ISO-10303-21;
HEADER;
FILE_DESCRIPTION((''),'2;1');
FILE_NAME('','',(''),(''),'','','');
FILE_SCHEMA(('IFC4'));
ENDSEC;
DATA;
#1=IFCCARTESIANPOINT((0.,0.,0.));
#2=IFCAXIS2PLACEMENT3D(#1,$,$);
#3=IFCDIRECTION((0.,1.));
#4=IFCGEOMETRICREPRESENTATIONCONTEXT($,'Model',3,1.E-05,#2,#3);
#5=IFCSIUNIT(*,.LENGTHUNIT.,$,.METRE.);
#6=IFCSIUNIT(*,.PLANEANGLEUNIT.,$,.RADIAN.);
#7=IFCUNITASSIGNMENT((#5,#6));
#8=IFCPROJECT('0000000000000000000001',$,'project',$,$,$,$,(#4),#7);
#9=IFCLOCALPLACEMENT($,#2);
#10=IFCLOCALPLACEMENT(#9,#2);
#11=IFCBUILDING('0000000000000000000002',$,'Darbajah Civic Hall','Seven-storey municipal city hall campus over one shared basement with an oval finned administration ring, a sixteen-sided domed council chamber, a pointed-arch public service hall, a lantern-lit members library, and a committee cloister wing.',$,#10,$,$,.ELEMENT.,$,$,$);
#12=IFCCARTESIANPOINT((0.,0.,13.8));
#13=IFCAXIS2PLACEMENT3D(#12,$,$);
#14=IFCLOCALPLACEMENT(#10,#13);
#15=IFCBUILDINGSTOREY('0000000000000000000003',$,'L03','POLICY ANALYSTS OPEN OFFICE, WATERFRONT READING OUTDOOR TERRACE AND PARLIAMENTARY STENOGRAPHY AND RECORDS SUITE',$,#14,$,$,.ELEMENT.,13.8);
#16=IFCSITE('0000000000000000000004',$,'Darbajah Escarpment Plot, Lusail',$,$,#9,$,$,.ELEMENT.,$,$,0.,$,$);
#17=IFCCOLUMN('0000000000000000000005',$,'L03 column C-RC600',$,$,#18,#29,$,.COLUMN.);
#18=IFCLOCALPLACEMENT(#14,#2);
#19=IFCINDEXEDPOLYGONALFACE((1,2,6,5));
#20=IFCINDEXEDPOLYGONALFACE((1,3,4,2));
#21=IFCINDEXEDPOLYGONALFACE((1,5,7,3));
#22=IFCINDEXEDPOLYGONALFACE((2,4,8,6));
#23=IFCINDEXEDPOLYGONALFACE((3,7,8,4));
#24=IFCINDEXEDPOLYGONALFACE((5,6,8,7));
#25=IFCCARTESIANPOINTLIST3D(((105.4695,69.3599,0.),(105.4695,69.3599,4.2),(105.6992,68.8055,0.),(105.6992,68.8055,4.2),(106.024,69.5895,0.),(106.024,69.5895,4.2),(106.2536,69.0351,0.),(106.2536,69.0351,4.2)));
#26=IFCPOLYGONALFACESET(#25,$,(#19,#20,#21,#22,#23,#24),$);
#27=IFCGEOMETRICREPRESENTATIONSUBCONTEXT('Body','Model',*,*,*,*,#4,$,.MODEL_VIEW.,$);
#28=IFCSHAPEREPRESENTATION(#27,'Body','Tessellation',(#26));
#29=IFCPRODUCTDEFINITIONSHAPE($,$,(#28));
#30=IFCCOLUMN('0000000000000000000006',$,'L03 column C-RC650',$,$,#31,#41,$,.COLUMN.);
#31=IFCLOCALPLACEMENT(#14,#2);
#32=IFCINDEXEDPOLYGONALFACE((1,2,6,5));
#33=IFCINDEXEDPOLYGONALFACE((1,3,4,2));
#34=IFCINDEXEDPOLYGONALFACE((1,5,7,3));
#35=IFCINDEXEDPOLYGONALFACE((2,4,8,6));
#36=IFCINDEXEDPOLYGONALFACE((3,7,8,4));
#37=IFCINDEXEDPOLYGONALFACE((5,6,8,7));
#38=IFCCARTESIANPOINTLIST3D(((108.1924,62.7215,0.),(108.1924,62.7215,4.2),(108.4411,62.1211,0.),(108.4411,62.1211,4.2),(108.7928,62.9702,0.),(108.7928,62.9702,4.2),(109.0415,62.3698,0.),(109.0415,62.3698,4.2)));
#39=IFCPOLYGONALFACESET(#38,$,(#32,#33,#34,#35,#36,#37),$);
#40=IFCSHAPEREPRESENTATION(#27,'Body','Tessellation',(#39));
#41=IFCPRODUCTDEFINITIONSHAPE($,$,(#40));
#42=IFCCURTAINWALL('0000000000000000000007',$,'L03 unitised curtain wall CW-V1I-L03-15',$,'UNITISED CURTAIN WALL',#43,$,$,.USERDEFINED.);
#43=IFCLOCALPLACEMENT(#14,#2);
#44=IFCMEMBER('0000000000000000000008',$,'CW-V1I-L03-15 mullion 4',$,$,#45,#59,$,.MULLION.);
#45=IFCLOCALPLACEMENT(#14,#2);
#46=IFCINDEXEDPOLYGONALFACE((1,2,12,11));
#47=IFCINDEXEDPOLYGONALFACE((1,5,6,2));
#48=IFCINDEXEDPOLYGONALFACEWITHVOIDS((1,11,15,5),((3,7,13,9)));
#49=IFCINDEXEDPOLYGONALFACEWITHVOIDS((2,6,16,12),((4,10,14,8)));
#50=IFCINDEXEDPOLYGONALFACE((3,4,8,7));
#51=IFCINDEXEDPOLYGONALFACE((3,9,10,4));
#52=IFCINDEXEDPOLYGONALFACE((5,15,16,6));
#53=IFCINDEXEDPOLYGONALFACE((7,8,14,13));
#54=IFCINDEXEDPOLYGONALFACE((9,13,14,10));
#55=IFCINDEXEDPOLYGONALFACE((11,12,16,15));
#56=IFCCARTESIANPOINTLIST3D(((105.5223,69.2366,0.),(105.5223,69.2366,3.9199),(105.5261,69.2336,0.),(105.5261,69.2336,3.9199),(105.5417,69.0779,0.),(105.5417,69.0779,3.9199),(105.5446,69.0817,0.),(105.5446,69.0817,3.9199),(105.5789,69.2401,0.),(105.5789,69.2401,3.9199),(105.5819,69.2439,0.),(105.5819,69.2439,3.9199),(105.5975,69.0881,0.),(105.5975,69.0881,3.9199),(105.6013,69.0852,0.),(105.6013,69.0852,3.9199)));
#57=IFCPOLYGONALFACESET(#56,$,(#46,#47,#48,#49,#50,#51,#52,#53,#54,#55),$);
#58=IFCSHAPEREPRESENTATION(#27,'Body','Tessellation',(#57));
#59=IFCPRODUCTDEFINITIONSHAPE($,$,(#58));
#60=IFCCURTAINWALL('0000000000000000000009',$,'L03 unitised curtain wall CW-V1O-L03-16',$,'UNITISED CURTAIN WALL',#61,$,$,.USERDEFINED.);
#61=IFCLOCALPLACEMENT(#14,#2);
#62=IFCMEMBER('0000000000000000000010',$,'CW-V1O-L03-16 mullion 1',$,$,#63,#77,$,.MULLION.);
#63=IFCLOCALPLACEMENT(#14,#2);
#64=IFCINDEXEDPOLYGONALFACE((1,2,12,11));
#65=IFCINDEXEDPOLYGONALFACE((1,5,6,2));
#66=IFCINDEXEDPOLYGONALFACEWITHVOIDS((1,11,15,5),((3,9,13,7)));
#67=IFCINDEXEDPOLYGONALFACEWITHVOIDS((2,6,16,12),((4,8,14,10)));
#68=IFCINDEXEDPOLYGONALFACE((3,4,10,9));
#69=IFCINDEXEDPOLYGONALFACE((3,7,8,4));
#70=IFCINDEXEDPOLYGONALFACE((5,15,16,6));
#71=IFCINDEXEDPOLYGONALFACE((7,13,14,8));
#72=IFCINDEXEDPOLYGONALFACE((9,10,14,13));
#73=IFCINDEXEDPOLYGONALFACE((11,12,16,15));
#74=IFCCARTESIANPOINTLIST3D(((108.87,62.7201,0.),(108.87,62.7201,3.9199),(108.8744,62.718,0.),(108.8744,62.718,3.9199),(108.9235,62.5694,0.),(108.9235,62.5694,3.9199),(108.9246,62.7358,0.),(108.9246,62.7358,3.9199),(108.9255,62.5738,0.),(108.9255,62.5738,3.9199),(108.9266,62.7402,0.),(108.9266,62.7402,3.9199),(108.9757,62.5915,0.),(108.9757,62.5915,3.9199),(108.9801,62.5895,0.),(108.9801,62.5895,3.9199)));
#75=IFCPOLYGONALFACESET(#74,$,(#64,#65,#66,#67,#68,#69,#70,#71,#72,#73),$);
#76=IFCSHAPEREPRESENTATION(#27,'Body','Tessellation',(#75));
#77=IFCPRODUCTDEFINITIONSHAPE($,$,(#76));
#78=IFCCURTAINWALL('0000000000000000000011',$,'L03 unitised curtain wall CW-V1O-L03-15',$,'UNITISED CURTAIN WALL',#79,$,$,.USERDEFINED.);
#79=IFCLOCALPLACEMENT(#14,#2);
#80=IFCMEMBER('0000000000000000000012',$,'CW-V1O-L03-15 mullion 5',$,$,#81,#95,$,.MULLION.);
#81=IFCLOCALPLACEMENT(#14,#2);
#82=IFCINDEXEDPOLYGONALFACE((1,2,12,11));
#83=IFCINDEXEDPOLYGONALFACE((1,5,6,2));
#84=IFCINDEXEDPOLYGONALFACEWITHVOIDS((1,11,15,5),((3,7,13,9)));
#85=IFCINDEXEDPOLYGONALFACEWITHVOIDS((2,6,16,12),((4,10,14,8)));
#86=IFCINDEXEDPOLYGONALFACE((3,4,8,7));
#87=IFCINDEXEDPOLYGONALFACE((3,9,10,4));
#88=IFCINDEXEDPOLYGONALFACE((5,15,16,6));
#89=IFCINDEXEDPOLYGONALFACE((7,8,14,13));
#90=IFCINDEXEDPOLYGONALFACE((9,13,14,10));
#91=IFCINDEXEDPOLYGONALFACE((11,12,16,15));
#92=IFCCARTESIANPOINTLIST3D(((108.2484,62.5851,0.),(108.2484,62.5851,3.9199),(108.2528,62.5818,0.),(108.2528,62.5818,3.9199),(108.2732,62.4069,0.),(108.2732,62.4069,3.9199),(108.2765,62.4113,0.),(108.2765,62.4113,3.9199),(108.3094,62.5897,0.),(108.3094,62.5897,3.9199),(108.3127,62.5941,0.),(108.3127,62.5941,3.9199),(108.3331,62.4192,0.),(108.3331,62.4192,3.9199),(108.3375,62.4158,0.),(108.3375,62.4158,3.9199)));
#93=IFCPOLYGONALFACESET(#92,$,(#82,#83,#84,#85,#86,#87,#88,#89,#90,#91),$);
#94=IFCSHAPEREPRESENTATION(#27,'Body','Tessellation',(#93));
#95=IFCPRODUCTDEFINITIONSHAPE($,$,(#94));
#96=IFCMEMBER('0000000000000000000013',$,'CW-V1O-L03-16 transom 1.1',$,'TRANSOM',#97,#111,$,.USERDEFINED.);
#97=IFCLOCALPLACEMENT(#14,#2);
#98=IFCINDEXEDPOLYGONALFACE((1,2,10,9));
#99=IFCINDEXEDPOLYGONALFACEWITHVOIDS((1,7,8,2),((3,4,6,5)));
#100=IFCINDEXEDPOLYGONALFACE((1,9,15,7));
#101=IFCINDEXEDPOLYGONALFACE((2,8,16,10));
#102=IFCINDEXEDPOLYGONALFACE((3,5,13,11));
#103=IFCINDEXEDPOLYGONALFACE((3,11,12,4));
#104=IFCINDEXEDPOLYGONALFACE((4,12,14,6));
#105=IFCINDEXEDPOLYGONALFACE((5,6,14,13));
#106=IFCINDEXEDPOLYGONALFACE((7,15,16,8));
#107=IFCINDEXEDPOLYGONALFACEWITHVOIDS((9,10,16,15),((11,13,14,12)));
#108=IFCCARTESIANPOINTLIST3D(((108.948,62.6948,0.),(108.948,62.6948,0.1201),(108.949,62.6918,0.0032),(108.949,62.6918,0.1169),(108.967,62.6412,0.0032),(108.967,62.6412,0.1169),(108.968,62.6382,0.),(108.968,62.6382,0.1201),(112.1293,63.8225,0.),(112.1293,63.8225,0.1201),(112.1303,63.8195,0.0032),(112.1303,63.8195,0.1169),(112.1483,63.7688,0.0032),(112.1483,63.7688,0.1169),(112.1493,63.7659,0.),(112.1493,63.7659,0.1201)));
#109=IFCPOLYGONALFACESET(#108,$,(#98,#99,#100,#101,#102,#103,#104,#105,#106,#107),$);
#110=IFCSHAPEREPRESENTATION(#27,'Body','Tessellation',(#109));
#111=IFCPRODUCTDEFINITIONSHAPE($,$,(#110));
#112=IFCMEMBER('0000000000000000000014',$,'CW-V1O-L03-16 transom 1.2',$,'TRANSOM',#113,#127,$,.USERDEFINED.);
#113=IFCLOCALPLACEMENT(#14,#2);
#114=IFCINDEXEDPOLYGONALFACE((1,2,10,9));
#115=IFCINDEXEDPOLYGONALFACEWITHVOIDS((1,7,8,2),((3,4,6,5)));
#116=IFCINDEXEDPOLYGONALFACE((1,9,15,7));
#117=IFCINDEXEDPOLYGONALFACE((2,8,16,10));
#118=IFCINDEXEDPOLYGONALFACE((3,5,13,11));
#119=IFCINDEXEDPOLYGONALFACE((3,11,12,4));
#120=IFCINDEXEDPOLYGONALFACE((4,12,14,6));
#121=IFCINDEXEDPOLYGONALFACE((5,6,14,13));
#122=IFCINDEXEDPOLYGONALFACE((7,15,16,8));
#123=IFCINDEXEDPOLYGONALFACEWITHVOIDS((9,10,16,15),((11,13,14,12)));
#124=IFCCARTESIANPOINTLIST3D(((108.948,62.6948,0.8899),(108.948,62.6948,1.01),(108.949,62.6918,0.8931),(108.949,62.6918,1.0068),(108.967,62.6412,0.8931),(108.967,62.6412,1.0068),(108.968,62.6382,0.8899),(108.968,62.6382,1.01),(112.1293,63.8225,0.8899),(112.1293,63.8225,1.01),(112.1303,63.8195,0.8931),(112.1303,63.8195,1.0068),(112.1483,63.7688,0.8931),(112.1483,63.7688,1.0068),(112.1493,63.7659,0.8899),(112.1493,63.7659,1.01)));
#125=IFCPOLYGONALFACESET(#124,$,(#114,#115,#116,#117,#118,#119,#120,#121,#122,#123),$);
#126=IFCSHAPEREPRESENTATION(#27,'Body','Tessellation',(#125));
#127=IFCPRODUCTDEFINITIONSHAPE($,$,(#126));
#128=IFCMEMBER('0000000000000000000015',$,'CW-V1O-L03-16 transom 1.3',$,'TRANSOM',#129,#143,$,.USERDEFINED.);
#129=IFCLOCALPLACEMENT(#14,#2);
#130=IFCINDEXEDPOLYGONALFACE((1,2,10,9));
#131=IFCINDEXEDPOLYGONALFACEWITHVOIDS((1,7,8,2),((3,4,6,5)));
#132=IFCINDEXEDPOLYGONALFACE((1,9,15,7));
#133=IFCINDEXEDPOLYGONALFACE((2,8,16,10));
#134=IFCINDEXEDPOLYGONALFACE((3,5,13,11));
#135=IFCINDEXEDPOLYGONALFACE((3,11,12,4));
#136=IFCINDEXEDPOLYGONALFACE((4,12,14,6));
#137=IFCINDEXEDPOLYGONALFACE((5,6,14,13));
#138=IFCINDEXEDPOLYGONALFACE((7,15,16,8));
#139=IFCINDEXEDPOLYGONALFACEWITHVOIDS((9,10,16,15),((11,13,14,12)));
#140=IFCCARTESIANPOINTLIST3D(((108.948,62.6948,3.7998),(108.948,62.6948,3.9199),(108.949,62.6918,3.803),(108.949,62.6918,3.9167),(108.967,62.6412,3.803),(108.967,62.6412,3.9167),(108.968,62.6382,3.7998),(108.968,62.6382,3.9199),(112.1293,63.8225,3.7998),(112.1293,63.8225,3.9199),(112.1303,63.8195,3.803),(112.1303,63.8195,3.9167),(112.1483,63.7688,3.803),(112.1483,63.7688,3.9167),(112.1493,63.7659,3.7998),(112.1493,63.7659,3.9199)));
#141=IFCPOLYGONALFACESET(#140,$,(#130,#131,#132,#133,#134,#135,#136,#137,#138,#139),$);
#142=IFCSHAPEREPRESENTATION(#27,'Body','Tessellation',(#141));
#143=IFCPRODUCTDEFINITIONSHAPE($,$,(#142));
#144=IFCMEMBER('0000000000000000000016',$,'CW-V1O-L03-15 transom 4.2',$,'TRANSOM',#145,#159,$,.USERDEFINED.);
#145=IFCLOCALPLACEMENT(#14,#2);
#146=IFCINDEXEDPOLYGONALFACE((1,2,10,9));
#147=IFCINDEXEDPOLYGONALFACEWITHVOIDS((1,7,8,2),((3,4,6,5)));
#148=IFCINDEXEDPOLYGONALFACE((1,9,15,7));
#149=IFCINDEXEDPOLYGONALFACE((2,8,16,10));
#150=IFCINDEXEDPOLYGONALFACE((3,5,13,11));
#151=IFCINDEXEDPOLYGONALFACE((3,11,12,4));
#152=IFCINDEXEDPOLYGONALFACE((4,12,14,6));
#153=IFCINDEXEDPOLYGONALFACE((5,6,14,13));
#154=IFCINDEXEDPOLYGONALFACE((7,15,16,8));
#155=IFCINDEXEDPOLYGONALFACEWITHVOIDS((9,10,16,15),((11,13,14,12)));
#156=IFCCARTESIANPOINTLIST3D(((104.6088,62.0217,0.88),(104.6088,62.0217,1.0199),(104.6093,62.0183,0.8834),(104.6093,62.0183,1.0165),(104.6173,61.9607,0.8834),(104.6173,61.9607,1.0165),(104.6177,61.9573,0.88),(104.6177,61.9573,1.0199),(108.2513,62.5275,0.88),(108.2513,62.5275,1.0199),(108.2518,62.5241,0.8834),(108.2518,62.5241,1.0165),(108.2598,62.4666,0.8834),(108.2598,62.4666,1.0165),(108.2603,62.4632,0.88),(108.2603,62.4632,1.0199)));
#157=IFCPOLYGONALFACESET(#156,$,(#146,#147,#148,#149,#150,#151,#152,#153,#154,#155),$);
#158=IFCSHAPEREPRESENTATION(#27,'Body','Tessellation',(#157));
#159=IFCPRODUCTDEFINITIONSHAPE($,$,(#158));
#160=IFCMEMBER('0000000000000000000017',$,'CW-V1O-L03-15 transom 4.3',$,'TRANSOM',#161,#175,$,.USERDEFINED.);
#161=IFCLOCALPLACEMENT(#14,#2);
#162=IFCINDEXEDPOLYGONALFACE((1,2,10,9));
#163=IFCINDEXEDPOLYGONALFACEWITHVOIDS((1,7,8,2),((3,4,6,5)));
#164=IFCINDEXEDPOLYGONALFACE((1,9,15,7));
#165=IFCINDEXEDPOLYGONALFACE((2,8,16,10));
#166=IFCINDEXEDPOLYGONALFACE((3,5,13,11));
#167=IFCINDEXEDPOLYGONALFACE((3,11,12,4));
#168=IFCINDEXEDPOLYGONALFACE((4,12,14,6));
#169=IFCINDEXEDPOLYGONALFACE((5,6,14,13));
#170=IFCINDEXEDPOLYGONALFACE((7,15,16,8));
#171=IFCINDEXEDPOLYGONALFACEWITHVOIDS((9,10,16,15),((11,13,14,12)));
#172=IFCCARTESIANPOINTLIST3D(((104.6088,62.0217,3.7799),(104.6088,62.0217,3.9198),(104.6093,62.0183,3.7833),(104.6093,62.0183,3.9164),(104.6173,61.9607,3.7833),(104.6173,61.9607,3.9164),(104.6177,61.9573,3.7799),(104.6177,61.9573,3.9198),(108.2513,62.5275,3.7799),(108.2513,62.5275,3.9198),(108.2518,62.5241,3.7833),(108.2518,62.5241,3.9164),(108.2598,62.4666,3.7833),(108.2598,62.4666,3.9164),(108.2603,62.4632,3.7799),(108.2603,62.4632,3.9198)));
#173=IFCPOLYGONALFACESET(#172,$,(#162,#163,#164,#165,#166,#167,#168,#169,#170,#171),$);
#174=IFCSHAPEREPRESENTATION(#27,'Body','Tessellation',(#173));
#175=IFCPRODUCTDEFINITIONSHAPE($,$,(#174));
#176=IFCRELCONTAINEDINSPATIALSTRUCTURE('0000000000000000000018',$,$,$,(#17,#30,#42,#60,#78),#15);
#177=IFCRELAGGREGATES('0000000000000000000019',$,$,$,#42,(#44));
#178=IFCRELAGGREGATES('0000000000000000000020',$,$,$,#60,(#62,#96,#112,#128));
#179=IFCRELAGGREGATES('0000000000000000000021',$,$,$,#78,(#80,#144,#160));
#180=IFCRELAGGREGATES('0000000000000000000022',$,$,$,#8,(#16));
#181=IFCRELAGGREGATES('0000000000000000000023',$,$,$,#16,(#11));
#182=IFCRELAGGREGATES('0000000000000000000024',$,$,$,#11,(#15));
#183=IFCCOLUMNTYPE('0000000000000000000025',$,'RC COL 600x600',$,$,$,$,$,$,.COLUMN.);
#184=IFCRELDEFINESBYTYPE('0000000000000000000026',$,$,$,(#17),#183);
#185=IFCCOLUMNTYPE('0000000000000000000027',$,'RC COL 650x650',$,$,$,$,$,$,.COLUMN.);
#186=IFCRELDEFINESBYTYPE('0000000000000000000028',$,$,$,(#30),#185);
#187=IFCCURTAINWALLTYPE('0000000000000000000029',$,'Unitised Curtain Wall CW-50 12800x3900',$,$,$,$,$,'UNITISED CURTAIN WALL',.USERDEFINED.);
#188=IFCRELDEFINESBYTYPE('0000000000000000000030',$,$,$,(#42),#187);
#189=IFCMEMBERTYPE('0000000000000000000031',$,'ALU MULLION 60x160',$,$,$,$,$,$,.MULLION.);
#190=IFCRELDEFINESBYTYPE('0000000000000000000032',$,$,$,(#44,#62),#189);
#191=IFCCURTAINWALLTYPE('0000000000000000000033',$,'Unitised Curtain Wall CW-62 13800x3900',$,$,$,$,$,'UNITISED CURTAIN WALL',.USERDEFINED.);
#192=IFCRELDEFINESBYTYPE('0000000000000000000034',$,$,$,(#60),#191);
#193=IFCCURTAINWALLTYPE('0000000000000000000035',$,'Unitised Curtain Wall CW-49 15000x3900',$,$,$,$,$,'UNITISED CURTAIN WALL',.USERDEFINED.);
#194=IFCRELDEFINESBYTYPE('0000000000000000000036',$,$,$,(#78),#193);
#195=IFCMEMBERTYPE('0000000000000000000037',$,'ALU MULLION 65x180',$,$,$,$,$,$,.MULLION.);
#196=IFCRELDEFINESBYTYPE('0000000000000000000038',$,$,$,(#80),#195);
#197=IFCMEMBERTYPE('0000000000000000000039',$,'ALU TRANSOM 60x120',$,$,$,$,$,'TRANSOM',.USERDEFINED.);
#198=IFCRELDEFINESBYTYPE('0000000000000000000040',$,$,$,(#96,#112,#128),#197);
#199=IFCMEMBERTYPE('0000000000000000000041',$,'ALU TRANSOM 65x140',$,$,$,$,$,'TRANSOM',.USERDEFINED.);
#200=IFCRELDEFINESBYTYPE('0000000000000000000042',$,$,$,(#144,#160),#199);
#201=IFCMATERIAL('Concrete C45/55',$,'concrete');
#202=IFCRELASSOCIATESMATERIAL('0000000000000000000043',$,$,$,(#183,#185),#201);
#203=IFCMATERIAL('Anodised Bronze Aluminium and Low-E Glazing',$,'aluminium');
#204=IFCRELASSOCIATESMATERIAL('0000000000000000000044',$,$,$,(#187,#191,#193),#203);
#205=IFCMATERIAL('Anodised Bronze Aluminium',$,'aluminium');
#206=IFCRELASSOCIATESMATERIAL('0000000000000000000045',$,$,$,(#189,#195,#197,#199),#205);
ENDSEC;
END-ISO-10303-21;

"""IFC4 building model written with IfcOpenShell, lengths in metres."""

from ifc_helpers import new_model, si_unit, direction, frame, origin, origin_2d, place, context, subcontext, project, spatial, rectangle, hollow_rectangle, extrude, material, material_profile, profile_set, type_object, element, aggregate, save


model = new_model("IFC4")

# Units and contexts
model_context = context("Model", 3, precision=1e-05, world=origin(), true_north=direction((0.0, 1.0)))
body_context = subcontext(model_context, "Body", "Model", "MODEL_VIEW")
ifc_project = project(units=[si_unit("LENGTHUNIT", "METRE"), si_unit("PLANEANGLEUNIT", "RADIAN")], contexts=[model_context])

# Site, building, storey
site_placement = place(None, origin())
site = spatial("IfcSite", under=ifc_project, at=site_placement, Name="Darbajah Escarpment Plot, Lusail", CompositionType="ELEMENT", RefElevation=0.0)
building_placement = place(site_placement, origin())
building = spatial("IfcBuilding", under=site, at=building_placement, Name="Darbajah Civic Hall", Description="Seven-storey municipal city hall campus over one shared basement with an oval finned administration ring, a sixteen-sided domed council chamber, a pointed-arch public service hall, a lantern-lit members library, and a committee cloister wing.", CompositionType="ELEMENT")
storey_placement = place(building_placement, frame((0.0, 0.0, 13.8)))
storey = spatial("IfcBuildingStorey", under=building, at=storey_placement, Name="L03", Description="POLICY ANALYSTS OPEN OFFICE, WATERFRONT READING OUTDOOR TERRACE AND PARLIAMENTARY STENOGRAPHY AND RECORDS SUITE", CompositionType="ELEMENT", Elevation=13.8)

# Columns
ifc_material_1 = material(Name="Concrete C45/55", Category="concrete")
ifc_material_profile_1 = material_profile(ifc_material_1, rectangle(XDim=0.6001, YDim=0.6001, at=origin_2d()), Name="RC COL 600x600")
ifc_profile_set_1 = profile_set([ifc_material_profile_1], Name="Concrete C45/55")
column_type_1 = type_object("IfcColumnType", Name="RC COL 600x600", PredefinedType="COLUMN", material=ifc_profile_set_1)
column_1_placement = place(storey_placement, frame((105.8616, 69.1975, 0.0), z_axis=(0.0, 0.0, 1.0), x_axis=(0.382683, -0.92388, 0.0)))
element("IfcColumn", 1, at=column_1_placement, inside=storey, type_object=column_type_1, Name="L03 column C-RC600", PredefinedType="COLUMN", context=body_context, shape_type="SweptSolid", body=[
    extrude(rectangle(XDim=0.6001, YDim=0.6001, at=origin_2d()), origin(), (0.0, 0.0, 1.0), 4.2),
])
ifc_material_profile_2 = material_profile(ifc_material_1, rectangle(XDim=0.6499, YDim=0.6499, at=origin_2d()), Name="RC COL 650x650")
ifc_profile_set_2 = profile_set([ifc_material_profile_2], Name="Concrete C45/55")
column_type_2 = type_object("IfcColumnType", Name="RC COL 650x650", PredefinedType="COLUMN", material=ifc_profile_set_2)
column_2_placement = place(storey_placement, frame((108.6169, 62.5457, 0.0), z_axis=(0.0, 0.0, 1.0), x_axis=(0.382683, -0.92388, 0.0)))
element("IfcColumn", 2, at=column_2_placement, inside=storey, type_object=column_type_2, Name="L03 column C-RC650", PredefinedType="COLUMN", context=body_context, shape_type="SweptSolid", body=[
    extrude(rectangle(XDim=0.6499, YDim=0.6499, at=origin_2d()), origin(), (0.0, 0.0, 1.0), 4.2),
])

# Curtain walls, members
ifc_material_2 = material(Name="Anodised Bronze Aluminium and Low-E Glazing", Category="aluminium")
curtain_wall_type_1 = type_object("IfcCurtainWallType", Name="Unitised Curtain Wall CW-50 12800x3900", ElementType="UNITISED CURTAIN WALL", PredefinedType="USERDEFINED", material=ifc_material_2)
curtain_wall_1_placement = place(storey_placement, origin())
curtain_wall_1 = element("IfcCurtainWall", 3, at=curtain_wall_1_placement, inside=storey, type_object=curtain_wall_type_1, Name="L03 unitised curtain wall CW-V1I-L03-15", ObjectType="UNITISED CURTAIN WALL", PredefinedType="USERDEFINED")
ifc_material_3 = material(Name="Anodised Bronze Aluminium", Category="aluminium")
ifc_material_profile_3 = material_profile(ifc_material_3, hollow_rectangle(XDim=0.0601, YDim=0.1599, WallThickness=0.0034, at=origin_2d()), Name="ALU MULLION 60x160")
ifc_profile_set_3 = profile_set([ifc_material_profile_3], Name="Anodised Bronze Aluminium")
member_type_1 = type_object("IfcMemberType", Name="ALU MULLION 60x160", PredefinedType="MULLION", material=ifc_profile_set_3)
member_1_placement = place(storey_placement, frame((105.5618, 69.1609, 0.0), z_axis=(0.0, 0.0, 1.0), x_axis=(0.99261, 0.12135, 0.0)))
member_1 = element("IfcMember", 4, at=member_1_placement, type_object=member_type_1, Name="CW-V1I-L03-15 mullion 4", PredefinedType="MULLION", context=body_context, shape_type="SweptSolid", body=[
    extrude(hollow_rectangle(XDim=0.0601, YDim=0.1599, WallThickness=0.0034, at=origin_2d()), origin(), (0.0, 0.0, 1.0), 3.9199),
])
aggregate(curtain_wall_1, [member_1])
curtain_wall_type_2 = type_object("IfcCurtainWallType", Name="Unitised Curtain Wall CW-62 13800x3900", ElementType="UNITISED CURTAIN WALL", PredefinedType="USERDEFINED", material=ifc_material_2)
curtain_wall_2_placement = place(storey_placement, origin())
curtain_wall_2 = element("IfcCurtainWall", 5, at=curtain_wall_2_placement, inside=storey, type_object=curtain_wall_type_2, Name="L03 unitised curtain wall CW-V1O-L03-16", ObjectType="UNITISED CURTAIN WALL", PredefinedType="USERDEFINED")
member_2_placement = place(storey_placement, frame((108.925, 62.6548, 0.0), z_axis=(0.0, 0.0, 1.0), x_axis=(0.942525, 0.334136, 0.0)))
member_2 = element("IfcMember", 6, at=member_2_placement, type_object=member_type_1, Name="CW-V1O-L03-16 mullion 1", PredefinedType="MULLION", context=body_context, shape_type="SweptSolid", body=[
    extrude(hollow_rectangle(XDim=0.0601, YDim=0.1599, WallThickness=0.0034, at=origin_2d()), origin(), (0.0, 0.0, 1.0), 3.9199),
])
curtain_wall_type_3 = type_object("IfcCurtainWallType", Name="Unitised Curtain Wall CW-49 15000x3900", ElementType="UNITISED CURTAIN WALL", PredefinedType="USERDEFINED", material=ifc_material_2)
curtain_wall_3_placement = place(storey_placement, origin())
curtain_wall_3 = element("IfcCurtainWall", 7, at=curtain_wall_3_placement, inside=storey, type_object=curtain_wall_type_3, Name="L03 unitised curtain wall CW-V1O-L03-15", ObjectType="UNITISED CURTAIN WALL", PredefinedType="USERDEFINED")
ifc_material_profile_4 = material_profile(ifc_material_3, hollow_rectangle(XDim=0.0649, YDim=0.1799, WallThickness=0.0039, at=origin_2d()), Name="ALU MULLION 65x180")
ifc_profile_set_4 = profile_set([ifc_material_profile_4], Name="Anodised Bronze Aluminium")
member_type_2 = type_object("IfcMemberType", Name="ALU MULLION 65x180", PredefinedType="MULLION", material=ifc_profile_set_4)
member_3_placement = place(storey_placement, frame((108.293, 62.5005, 0.0), z_axis=(0.0, 0.0, 1.0), x_axis=(0.990485, 0.137617, 0.0)))
member_3 = element("IfcMember", 8, at=member_3_placement, type_object=member_type_2, Name="CW-V1O-L03-15 mullion 5", PredefinedType="MULLION", context=body_context, shape_type="SweptSolid", body=[
    extrude(hollow_rectangle(XDim=0.0649, YDim=0.1799, WallThickness=0.0039, at=origin_2d()), origin(), (0.0, 0.0, 1.0), 3.9199),
])

# Members
ifc_material_profile_5 = material_profile(ifc_material_3, hollow_rectangle(XDim=0.0601, YDim=0.1201, WallThickness=0.0032, at=origin_2d()), Name="ALU TRANSOM 60x120")
ifc_profile_set_5 = profile_set([ifc_material_profile_5], Name="Anodised Bronze Aluminium")
member_type_3 = type_object("IfcMemberType", Name="ALU TRANSOM 60x120", ElementType="TRANSOM", PredefinedType="USERDEFINED", material=ifc_profile_set_5)
member_4_placement = place(storey_placement, frame((108.958, 62.6665, 0.0601), z_axis=(0.942539, 0.334095, 0.0), x_axis=(-0.334095, 0.942539, 0.0)))
member_4 = element("IfcMember", 9, at=member_4_placement, type_object=member_type_3, Name="CW-V1O-L03-16 transom 1.1", ObjectType="TRANSOM", PredefinedType="USERDEFINED", context=body_context, shape_type="SweptSolid", body=[
    extrude(hollow_rectangle(XDim=0.0601, YDim=0.1201, WallThickness=0.0032, at=origin_2d()), origin(), (0.0, 0.0, 1.0), 3.3752),
])
member_5_placement = place(storey_placement, frame((108.958, 62.6665, 0.95), z_axis=(0.942539, 0.334095, 0.0), x_axis=(-0.334095, 0.942539, 0.0)))
member_5 = element("IfcMember", 10, at=member_5_placement, type_object=member_type_3, Name="CW-V1O-L03-16 transom 1.2", ObjectType="TRANSOM", PredefinedType="USERDEFINED", context=body_context, shape_type="SweptSolid", body=[
    extrude(hollow_rectangle(XDim=0.0601, YDim=0.1201, WallThickness=0.0032, at=origin_2d()), origin(), (0.0, 0.0, 1.0), 3.3752),
])
member_6_placement = place(storey_placement, frame((108.958, 62.6665, 3.8599), z_axis=(0.942539, 0.334095, 0.0), x_axis=(-0.334095, 0.942539, 0.0)))
member_6 = element("IfcMember", 11, at=member_6_placement, type_object=member_type_3, Name="CW-V1O-L03-16 transom 1.3", ObjectType="TRANSOM", PredefinedType="USERDEFINED", context=body_context, shape_type="SweptSolid", body=[
    extrude(hollow_rectangle(XDim=0.0601, YDim=0.1201, WallThickness=0.0032, at=origin_2d()), origin(), (0.0, 0.0, 1.0), 3.3752),
])
ifc_material_profile_6 = material_profile(ifc_material_3, hollow_rectangle(XDim=0.0649, YDim=0.1399, WallThickness=0.0034, at=origin_2d()), Name="ALU TRANSOM 65x140")
ifc_profile_set_6 = profile_set([ifc_material_profile_6], Name="Anodised Bronze Aluminium")
member_type_4 = type_object("IfcMemberType", Name="ALU TRANSOM 65x140", ElementType="TRANSOM", PredefinedType="USERDEFINED", material=ifc_profile_set_6)
member_7_placement = place(storey_placement, frame((104.6133, 61.9895, 0.95), z_axis=(0.990494, 0.137554, 0.0), x_axis=(-0.137554, 0.990494, 0.0)))
member_7 = element("IfcMember", 12, at=member_7_placement, type_object=member_type_4, Name="CW-V1O-L03-15 transom 4.2", ObjectType="TRANSOM", PredefinedType="USERDEFINED", context=body_context, shape_type="SweptSolid", body=[
    extrude(hollow_rectangle(XDim=0.0649, YDim=0.1399, WallThickness=0.0034, at=origin_2d()), origin(), (0.0, 0.0, 1.0), 3.6775),
])
member_8_placement = place(storey_placement, frame((104.6133, 61.9895, 3.8499), z_axis=(0.990494, 0.137554, 0.0), x_axis=(-0.137554, 0.990494, 0.0)))
member_8 = element("IfcMember", 13, at=member_8_placement, type_object=member_type_4, Name="CW-V1O-L03-15 transom 4.3", ObjectType="TRANSOM", PredefinedType="USERDEFINED", context=body_context, shape_type="SweptSolid", body=[
    extrude(hollow_rectangle(XDim=0.0649, YDim=0.1399, WallThickness=0.0034, at=origin_2d()), origin(), (0.0, 0.0, 1.0), 3.6775),
])

aggregate(curtain_wall_2, [member_2, member_4, member_5, member_6])
aggregate(curtain_wall_3, [member_3, member_7, member_8])

save(model, "model.ifc")
